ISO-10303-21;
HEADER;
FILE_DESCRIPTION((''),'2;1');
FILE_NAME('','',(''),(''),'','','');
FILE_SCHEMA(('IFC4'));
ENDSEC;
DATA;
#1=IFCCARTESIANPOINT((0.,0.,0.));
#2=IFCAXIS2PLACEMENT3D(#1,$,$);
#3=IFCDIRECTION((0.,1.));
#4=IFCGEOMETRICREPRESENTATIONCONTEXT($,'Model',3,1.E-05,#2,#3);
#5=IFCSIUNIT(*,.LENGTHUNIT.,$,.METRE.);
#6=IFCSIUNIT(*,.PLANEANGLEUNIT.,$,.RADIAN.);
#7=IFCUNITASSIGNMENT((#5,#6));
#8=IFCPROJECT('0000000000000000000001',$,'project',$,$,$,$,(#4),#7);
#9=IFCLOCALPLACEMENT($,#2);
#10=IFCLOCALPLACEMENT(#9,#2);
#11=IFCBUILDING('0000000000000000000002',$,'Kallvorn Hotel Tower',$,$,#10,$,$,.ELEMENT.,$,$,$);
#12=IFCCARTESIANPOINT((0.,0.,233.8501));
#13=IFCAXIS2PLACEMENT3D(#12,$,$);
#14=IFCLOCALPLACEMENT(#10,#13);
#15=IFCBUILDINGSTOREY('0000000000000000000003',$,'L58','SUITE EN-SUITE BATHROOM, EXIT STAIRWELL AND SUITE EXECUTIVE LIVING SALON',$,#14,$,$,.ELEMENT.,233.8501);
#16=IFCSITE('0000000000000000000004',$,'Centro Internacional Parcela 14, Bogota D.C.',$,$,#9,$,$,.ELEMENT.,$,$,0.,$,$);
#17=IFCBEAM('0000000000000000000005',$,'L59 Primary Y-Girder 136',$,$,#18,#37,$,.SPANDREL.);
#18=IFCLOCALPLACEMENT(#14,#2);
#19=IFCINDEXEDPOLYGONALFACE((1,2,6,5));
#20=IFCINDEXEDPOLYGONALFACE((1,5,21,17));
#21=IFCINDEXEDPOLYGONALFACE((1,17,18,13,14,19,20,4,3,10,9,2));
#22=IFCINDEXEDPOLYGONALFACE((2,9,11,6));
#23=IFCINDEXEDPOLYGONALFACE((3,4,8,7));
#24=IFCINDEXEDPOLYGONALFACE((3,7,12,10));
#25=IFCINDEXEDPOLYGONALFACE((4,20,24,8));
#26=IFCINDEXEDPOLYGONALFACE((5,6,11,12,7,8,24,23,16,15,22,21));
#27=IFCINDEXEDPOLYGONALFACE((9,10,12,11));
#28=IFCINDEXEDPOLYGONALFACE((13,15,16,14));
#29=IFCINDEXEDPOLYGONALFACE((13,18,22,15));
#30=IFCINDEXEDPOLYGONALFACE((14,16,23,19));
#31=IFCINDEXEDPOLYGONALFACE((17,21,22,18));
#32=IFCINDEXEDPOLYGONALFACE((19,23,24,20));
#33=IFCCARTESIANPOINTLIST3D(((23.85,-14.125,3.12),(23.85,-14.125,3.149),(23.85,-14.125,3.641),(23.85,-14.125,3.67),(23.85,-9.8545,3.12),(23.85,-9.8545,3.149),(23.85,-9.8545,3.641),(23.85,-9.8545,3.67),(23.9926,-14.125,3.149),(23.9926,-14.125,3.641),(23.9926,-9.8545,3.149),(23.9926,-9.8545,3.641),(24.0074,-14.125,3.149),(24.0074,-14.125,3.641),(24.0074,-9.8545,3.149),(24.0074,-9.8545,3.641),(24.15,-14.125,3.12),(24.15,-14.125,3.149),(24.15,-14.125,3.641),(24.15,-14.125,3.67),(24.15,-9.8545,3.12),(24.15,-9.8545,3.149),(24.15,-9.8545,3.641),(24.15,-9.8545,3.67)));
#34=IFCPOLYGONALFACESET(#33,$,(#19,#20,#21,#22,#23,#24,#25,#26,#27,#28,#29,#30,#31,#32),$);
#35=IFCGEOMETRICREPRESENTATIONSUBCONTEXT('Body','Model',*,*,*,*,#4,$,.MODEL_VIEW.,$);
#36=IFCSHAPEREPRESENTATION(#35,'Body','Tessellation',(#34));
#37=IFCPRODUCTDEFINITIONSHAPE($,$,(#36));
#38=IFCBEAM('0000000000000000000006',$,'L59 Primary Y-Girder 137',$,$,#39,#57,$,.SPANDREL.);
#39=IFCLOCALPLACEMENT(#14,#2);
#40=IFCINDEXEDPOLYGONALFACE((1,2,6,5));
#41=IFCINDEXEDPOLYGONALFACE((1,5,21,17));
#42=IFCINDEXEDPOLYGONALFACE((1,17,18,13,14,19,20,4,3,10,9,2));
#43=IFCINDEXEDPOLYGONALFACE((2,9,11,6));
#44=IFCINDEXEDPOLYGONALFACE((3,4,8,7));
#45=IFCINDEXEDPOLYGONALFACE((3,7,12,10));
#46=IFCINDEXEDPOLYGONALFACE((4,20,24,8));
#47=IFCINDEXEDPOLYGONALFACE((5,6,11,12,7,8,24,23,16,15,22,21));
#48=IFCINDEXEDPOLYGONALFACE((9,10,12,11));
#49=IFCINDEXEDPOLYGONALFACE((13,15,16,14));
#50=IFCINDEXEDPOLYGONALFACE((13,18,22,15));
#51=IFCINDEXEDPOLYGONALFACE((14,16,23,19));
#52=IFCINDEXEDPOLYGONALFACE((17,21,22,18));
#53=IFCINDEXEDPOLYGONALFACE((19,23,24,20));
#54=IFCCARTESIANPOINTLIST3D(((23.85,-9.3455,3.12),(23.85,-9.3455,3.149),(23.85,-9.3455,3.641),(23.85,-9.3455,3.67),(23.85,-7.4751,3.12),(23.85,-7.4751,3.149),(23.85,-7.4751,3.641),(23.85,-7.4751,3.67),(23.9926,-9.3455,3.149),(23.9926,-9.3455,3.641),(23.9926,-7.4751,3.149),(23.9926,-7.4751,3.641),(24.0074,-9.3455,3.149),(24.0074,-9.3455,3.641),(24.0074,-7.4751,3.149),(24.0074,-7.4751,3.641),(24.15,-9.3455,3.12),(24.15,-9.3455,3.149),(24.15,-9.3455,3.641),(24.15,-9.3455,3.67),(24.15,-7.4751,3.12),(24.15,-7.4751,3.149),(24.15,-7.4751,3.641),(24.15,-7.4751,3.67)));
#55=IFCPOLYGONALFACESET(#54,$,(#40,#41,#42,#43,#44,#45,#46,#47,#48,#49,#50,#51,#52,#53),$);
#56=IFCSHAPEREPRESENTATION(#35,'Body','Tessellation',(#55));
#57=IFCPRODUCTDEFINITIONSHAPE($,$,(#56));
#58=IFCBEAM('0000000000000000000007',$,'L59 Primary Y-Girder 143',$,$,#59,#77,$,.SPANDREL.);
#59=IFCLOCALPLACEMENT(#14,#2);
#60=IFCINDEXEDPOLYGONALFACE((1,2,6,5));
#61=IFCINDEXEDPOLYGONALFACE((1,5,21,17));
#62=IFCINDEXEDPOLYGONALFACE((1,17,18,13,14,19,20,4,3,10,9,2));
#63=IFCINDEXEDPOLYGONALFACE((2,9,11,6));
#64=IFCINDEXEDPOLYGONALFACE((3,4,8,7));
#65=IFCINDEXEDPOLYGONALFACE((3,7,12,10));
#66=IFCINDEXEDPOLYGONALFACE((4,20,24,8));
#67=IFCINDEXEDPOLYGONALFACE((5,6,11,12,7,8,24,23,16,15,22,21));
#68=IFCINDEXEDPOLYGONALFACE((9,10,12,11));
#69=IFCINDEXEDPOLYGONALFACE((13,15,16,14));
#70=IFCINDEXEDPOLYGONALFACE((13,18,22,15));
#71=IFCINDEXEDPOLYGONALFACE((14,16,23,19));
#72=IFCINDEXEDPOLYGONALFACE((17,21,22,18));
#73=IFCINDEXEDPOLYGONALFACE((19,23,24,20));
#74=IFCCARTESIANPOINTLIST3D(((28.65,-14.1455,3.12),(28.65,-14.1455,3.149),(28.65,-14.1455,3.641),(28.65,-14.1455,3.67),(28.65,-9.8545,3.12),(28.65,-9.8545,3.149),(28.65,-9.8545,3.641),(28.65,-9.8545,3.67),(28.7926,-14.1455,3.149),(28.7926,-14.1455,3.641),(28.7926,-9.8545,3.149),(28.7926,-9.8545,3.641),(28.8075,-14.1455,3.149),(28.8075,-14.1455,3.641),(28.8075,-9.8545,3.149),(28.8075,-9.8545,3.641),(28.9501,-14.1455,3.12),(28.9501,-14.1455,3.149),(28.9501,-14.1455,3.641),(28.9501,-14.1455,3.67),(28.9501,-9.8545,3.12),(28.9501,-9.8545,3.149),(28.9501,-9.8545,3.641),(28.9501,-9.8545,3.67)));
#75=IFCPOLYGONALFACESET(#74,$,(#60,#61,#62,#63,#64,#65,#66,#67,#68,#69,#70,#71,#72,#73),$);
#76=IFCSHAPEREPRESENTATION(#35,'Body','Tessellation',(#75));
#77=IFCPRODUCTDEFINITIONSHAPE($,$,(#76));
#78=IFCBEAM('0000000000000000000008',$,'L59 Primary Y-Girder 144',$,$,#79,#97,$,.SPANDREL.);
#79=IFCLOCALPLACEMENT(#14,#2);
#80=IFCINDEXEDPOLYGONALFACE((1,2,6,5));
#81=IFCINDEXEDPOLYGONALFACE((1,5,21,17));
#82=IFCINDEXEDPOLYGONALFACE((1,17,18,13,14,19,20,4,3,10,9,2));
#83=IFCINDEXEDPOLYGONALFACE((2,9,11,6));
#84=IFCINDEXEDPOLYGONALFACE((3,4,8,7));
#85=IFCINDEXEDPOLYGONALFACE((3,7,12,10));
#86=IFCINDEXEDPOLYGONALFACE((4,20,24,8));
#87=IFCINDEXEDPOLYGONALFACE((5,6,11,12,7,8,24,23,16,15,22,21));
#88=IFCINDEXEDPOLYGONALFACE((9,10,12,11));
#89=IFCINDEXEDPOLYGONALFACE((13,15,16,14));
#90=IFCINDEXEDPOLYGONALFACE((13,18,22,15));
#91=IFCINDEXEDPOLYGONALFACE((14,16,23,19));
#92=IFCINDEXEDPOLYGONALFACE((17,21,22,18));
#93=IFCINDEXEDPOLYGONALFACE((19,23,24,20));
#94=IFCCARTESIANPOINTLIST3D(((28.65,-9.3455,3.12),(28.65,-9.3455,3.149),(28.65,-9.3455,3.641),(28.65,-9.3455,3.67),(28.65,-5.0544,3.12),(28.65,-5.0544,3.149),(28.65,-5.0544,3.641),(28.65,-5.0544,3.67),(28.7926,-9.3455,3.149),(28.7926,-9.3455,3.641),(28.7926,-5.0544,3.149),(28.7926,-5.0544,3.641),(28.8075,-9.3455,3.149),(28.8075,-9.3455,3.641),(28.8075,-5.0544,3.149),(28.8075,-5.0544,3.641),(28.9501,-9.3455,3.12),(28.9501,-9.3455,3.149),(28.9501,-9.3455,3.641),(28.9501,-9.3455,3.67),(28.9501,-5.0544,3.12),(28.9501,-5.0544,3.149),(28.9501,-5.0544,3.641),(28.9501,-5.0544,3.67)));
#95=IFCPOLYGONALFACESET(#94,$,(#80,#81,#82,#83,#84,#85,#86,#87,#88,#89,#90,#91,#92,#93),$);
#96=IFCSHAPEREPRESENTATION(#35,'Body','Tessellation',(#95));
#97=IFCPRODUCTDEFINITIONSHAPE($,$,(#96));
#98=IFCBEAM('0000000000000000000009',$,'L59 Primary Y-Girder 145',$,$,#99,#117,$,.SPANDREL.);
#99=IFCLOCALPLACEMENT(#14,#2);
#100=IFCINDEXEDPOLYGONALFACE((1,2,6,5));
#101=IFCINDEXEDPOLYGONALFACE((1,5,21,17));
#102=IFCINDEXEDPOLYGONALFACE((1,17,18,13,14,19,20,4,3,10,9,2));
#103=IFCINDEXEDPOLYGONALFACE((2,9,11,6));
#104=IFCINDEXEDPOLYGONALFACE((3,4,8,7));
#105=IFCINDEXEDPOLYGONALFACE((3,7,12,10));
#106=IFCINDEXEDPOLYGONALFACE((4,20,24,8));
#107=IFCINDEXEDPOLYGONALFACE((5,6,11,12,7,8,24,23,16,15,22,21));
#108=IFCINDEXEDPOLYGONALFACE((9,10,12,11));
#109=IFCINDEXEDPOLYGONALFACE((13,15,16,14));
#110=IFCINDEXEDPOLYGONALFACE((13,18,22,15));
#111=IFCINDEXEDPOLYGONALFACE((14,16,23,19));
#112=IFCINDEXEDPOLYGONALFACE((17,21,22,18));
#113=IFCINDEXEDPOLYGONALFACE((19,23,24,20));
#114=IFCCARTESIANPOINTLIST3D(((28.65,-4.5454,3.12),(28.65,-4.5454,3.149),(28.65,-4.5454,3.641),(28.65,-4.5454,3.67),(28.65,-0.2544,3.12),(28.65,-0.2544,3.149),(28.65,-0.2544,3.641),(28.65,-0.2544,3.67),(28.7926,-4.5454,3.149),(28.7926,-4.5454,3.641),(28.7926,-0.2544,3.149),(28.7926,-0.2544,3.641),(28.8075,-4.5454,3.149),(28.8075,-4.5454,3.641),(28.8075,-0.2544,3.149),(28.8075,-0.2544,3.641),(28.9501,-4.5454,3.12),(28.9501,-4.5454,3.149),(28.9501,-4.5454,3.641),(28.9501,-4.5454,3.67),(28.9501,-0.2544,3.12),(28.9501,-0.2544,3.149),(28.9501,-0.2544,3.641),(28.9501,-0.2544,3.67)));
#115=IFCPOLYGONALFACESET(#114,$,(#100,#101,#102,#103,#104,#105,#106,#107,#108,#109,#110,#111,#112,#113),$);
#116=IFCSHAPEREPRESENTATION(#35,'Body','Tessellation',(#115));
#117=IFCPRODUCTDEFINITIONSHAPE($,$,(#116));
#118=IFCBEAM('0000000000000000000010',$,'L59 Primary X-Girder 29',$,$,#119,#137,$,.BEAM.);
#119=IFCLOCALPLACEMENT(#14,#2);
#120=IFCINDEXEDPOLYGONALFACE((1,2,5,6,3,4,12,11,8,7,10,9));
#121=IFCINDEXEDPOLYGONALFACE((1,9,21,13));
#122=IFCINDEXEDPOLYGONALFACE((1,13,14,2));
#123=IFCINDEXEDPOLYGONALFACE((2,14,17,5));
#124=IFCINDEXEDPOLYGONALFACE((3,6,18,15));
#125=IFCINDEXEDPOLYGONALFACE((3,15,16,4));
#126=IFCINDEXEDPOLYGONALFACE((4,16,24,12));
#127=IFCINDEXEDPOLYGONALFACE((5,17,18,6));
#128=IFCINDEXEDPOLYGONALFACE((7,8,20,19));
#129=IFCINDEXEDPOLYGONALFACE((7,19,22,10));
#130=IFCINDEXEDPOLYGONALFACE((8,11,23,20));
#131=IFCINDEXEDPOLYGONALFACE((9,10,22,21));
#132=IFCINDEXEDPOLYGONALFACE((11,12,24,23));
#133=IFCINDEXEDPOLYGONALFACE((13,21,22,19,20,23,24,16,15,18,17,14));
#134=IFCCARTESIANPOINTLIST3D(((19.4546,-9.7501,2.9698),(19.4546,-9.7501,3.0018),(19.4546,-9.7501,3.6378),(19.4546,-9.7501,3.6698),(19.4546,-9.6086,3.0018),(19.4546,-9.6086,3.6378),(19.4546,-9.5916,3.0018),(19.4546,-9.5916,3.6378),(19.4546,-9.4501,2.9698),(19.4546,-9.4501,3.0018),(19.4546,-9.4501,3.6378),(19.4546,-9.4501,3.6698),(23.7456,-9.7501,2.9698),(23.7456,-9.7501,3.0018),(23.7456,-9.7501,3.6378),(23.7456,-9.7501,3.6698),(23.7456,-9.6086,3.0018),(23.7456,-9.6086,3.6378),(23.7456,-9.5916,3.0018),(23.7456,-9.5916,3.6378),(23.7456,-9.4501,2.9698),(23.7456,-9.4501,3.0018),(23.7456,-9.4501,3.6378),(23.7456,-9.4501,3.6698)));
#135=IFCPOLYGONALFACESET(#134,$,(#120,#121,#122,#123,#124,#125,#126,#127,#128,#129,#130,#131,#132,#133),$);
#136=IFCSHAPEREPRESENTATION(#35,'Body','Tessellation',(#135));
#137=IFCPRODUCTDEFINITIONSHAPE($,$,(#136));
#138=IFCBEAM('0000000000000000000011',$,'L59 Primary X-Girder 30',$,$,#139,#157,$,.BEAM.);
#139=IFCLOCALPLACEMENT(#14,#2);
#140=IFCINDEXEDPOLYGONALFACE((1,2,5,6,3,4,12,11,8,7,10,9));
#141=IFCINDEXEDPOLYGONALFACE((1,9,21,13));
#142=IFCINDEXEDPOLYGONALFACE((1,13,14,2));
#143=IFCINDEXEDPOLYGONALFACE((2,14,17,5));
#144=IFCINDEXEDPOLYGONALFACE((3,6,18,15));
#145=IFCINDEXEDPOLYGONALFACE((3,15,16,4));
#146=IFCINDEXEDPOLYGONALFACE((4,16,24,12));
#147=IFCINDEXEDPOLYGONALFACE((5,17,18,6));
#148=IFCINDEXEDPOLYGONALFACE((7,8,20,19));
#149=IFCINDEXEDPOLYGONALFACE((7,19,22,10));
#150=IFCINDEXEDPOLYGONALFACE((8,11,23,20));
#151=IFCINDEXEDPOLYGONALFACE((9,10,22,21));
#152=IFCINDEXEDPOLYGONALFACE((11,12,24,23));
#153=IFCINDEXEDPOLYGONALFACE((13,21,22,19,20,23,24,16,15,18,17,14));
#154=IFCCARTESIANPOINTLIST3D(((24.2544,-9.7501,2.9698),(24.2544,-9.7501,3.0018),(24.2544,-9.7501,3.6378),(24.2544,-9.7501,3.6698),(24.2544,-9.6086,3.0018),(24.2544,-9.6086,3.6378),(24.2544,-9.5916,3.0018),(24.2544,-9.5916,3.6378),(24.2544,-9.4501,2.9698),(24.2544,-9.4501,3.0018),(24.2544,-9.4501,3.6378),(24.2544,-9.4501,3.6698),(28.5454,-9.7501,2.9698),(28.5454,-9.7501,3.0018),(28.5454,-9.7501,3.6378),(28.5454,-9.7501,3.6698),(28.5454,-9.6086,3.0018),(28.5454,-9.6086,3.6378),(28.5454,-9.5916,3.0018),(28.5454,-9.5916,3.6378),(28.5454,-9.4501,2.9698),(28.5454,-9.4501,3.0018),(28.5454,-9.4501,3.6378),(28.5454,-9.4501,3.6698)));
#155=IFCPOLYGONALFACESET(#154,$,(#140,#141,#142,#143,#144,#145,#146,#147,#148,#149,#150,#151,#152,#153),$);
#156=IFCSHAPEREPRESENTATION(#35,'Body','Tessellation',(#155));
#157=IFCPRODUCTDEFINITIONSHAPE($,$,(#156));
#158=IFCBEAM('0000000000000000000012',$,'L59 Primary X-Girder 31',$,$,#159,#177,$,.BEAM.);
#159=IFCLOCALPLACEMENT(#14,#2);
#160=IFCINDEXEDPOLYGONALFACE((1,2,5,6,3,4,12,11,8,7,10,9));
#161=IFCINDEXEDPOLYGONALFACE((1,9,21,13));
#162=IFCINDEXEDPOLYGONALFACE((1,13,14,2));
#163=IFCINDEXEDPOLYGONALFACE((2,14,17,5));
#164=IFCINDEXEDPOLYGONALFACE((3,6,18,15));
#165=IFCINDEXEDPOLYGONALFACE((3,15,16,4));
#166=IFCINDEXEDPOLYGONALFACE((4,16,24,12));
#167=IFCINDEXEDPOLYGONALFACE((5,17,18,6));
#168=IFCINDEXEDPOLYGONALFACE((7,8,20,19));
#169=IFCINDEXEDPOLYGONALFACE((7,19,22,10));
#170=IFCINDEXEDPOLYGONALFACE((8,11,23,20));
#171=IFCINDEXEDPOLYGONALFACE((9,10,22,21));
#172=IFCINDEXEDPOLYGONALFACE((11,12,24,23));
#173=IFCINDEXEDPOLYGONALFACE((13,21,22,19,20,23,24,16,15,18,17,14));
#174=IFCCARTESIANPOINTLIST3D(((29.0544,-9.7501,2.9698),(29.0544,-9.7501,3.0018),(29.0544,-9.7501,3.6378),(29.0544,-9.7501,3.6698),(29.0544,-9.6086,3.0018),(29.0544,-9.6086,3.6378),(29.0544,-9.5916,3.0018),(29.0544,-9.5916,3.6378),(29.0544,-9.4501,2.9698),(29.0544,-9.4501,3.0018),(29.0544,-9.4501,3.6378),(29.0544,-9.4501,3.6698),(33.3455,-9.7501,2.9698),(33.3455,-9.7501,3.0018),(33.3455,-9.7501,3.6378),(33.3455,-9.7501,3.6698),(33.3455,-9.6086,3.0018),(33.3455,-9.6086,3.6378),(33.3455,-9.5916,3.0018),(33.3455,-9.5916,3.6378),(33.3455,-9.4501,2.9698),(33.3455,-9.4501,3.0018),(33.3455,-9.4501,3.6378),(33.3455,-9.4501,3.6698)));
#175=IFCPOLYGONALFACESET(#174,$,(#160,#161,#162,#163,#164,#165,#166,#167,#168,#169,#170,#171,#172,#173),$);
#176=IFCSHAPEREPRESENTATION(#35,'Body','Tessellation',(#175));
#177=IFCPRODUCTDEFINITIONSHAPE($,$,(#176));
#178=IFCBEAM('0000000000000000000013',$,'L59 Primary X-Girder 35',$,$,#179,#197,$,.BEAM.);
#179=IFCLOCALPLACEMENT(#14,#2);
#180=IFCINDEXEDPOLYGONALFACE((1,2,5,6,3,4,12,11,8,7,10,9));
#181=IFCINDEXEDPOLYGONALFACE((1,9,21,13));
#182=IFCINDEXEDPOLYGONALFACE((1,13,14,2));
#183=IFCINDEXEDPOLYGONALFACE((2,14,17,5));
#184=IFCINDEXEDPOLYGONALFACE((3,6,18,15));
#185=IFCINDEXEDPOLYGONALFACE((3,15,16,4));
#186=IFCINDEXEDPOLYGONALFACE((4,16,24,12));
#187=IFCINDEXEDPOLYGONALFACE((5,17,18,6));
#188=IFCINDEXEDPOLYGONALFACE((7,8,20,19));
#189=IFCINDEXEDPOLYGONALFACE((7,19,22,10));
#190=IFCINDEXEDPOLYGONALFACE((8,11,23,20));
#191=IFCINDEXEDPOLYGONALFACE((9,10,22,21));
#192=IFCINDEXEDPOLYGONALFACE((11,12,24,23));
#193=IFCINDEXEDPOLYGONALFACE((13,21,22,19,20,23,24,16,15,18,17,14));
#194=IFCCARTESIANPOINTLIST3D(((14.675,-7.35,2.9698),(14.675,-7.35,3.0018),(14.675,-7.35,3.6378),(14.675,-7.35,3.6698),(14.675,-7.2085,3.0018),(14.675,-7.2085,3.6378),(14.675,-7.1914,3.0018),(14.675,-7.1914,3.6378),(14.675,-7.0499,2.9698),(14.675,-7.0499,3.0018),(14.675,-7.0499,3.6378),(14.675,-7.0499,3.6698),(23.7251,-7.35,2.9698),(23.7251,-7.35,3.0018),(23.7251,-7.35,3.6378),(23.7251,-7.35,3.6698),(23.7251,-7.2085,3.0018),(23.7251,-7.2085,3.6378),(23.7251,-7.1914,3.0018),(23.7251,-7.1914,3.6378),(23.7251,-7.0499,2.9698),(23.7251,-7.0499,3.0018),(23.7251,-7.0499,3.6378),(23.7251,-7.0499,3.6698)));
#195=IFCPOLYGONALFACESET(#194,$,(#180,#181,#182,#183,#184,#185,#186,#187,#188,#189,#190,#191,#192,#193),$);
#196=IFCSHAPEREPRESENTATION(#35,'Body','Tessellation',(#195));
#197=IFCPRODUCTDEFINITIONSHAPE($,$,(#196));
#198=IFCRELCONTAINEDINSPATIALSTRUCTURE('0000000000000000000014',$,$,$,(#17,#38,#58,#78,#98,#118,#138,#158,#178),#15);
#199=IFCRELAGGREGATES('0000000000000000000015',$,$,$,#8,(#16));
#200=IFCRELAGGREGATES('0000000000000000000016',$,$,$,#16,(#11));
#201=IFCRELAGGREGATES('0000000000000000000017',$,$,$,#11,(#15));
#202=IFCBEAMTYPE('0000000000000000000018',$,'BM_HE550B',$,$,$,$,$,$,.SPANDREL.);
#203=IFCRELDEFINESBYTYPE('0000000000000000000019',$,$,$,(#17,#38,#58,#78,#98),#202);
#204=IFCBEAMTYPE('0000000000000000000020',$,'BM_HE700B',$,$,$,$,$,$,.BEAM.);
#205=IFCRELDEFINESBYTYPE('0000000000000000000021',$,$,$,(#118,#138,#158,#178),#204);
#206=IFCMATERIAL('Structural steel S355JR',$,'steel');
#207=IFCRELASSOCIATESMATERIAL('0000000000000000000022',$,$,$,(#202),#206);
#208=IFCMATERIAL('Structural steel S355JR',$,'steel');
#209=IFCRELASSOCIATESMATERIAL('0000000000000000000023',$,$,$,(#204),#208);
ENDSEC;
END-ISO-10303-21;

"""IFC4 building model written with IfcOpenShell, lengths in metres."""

from ifc_helpers import new_model, si_unit, direction, frame, origin, origin_2d, place, context, subcontext, project, spatial, i_section, extrude, material, material_profile, profile_set, type_object, element, save


model = new_model("IFC4")

# Units and contexts
model_context = context("Model", 3, precision=1e-05, world=origin(), true_north=direction((0.0, 1.0)))
body_context = subcontext(model_context, "Body", "Model", "MODEL_VIEW")
ifc_project = project(units=[si_unit("LENGTHUNIT", "METRE"), si_unit("PLANEANGLEUNIT", "RADIAN")], contexts=[model_context])

# Site, building, storey
site_placement = place(None, origin())
site = spatial("IfcSite", under=ifc_project, at=site_placement, Name="Centro Internacional Parcela 14, Bogota D.C.", CompositionType="ELEMENT", RefElevation=0.0)
building_placement = place(site_placement, origin())
building = spatial("IfcBuilding", under=site, at=building_placement, Name="Kallvorn Hotel Tower", CompositionType="ELEMENT")
storey_placement = place(building_placement, frame((0.0, 0.0, 233.8501)))
storey = spatial("IfcBuildingStorey", under=building, at=storey_placement, Name="L58", Description="SUITE EN-SUITE BATHROOM, EXIT STAIRWELL AND SUITE EXECUTIVE LIVING SALON", CompositionType="ELEMENT", Elevation=233.8501)

# Beams
ifc_material_1 = material(Name="Structural steel S355JR", Category="steel")
ifc_material_profile_1 = material_profile(ifc_material_1, i_section(OverallWidth=0.3, OverallDepth=0.55, WebThickness=0.0149, FlangeThickness=0.0291, at=origin_2d()), Name="HE 550 B")
ifc_profile_set_1 = profile_set([ifc_material_profile_1], Name="Structural steel S355JR")
beam_type_1 = type_object("IfcBeamType", Name="BM_HE550B", PredefinedType="SPANDREL", material=ifc_profile_set_1)
beam_1_placement = place(storey_placement, frame((24.0, -14.125, 3.395), z_axis=(0.0, 1.0, 0.0), x_axis=(-1.0, 0.0, 0.0)))
element("IfcBeam", 1, at=beam_1_placement, inside=storey, type_object=beam_type_1, Name="L59 Primary Y-Girder 136", PredefinedType="SPANDREL", context=body_context, shape_type="SweptSolid", body=[
    extrude(i_section(OverallWidth=0.3, OverallDepth=0.55, WebThickness=0.0149, FlangeThickness=0.0291, at=origin_2d()), origin(), (0.0, 0.0, 1.0), 4.2705),
])
beam_2_placement = place(storey_placement, frame((24.0, -9.3455, 3.395), z_axis=(0.0, 1.0, 0.0), x_axis=(-1.0, 0.0, 0.0)))
element("IfcBeam", 2, at=beam_2_placement, inside=storey, type_object=beam_type_1, Name="L59 Primary Y-Girder 137", PredefinedType="SPANDREL", context=body_context, shape_type="SweptSolid", body=[
    extrude(i_section(OverallWidth=0.3, OverallDepth=0.55, WebThickness=0.0149, FlangeThickness=0.0291, at=origin_2d()), origin(), (0.0, 0.0, 1.0), 1.8704),
])
for number, where, z_axis, x_axis, name in (
    (3, (28.8, -14.1455, 3.395), (0.0, 1.0, 0.0), (-1.0, 0.0, 0.0), "L59 Primary Y-Girder 143"),
    (4, (28.8, -9.3455, 3.395), (0.0, 1.0, 0.0), (-1.0, 0.0, 0.0), "L59 Primary Y-Girder 144"),
    (5, (28.8, -4.5454, 3.395), (0.0, 1.0, 0.0), (-1.0, 0.0, 0.0), "L59 Primary Y-Girder 145"),
):
    element("IfcBeam", number, at=place(storey_placement, frame(where, z_axis=z_axis, x_axis=x_axis)), inside=storey, type_object=beam_type_1, Name=name, PredefinedType="SPANDREL", context=body_context, shape_type="SweptSolid", body=[
        extrude(i_section(OverallWidth=0.3, OverallDepth=0.55, WebThickness=0.0149, FlangeThickness=0.0291, at=origin_2d()), origin(), (0.0, 0.0, 1.0), 4.291),
    ])
ifc_material_2 = material(Name="Structural steel S355JR", Category="steel")
ifc_material_profile_2 = material_profile(ifc_material_2, i_section(OverallWidth=0.3, OverallDepth=0.7, WebThickness=0.0171, FlangeThickness=0.032, at=origin_2d()), Name="HE 700 B")
ifc_profile_set_2 = profile_set([ifc_material_profile_2], Name="Structural steel S355JR")
beam_type_2 = type_object("IfcBeamType", Name="BM_HE700B", PredefinedType="BEAM", material=ifc_profile_set_2)
for number, where, z_axis, x_axis, name in (
    (6, (19.4546, -9.6001, 3.3198), (1.0, 0.0, 0.0), (0.0, 1.0, 0.0), "L59 Primary X-Girder 29"),
    (7, (24.2544, -9.6001, 3.3198), (1.0, 0.0, 0.0), (0.0, 1.0, 0.0), "L59 Primary X-Girder 30"),
    (8, (29.0544, -9.6001, 3.3198), (1.0, 0.0, 0.0), (0.0, 1.0, 0.0), "L59 Primary X-Girder 31"),
):
    element("IfcBeam", number, at=place(storey_placement, frame(where, z_axis=z_axis, x_axis=x_axis)), inside=storey, type_object=beam_type_2, Name=name, PredefinedType="BEAM", context=body_context, shape_type="SweptSolid", body=[
        extrude(i_section(OverallWidth=0.3, OverallDepth=0.7, WebThickness=0.0171, FlangeThickness=0.032, at=origin_2d()), origin(), (0.0, 0.0, 1.0), 4.291),
    ])
beam_3_placement = place(storey_placement, frame((14.675, -7.2, 3.3198), z_axis=(1.0, 0.0, 0.0), x_axis=(0.0, 1.0, 0.0)))
element("IfcBeam", 9, at=beam_3_placement, inside=storey, type_object=beam_type_2, Name="L59 Primary X-Girder 35", PredefinedType="BEAM", context=body_context, shape_type="SweptSolid", body=[
    extrude(i_section(OverallWidth=0.3, OverallDepth=0.7, WebThickness=0.0171, FlangeThickness=0.032, at=origin_2d()), origin(), (0.0, 0.0, 1.0), 9.05),
])

save(model, "model.ifc")
